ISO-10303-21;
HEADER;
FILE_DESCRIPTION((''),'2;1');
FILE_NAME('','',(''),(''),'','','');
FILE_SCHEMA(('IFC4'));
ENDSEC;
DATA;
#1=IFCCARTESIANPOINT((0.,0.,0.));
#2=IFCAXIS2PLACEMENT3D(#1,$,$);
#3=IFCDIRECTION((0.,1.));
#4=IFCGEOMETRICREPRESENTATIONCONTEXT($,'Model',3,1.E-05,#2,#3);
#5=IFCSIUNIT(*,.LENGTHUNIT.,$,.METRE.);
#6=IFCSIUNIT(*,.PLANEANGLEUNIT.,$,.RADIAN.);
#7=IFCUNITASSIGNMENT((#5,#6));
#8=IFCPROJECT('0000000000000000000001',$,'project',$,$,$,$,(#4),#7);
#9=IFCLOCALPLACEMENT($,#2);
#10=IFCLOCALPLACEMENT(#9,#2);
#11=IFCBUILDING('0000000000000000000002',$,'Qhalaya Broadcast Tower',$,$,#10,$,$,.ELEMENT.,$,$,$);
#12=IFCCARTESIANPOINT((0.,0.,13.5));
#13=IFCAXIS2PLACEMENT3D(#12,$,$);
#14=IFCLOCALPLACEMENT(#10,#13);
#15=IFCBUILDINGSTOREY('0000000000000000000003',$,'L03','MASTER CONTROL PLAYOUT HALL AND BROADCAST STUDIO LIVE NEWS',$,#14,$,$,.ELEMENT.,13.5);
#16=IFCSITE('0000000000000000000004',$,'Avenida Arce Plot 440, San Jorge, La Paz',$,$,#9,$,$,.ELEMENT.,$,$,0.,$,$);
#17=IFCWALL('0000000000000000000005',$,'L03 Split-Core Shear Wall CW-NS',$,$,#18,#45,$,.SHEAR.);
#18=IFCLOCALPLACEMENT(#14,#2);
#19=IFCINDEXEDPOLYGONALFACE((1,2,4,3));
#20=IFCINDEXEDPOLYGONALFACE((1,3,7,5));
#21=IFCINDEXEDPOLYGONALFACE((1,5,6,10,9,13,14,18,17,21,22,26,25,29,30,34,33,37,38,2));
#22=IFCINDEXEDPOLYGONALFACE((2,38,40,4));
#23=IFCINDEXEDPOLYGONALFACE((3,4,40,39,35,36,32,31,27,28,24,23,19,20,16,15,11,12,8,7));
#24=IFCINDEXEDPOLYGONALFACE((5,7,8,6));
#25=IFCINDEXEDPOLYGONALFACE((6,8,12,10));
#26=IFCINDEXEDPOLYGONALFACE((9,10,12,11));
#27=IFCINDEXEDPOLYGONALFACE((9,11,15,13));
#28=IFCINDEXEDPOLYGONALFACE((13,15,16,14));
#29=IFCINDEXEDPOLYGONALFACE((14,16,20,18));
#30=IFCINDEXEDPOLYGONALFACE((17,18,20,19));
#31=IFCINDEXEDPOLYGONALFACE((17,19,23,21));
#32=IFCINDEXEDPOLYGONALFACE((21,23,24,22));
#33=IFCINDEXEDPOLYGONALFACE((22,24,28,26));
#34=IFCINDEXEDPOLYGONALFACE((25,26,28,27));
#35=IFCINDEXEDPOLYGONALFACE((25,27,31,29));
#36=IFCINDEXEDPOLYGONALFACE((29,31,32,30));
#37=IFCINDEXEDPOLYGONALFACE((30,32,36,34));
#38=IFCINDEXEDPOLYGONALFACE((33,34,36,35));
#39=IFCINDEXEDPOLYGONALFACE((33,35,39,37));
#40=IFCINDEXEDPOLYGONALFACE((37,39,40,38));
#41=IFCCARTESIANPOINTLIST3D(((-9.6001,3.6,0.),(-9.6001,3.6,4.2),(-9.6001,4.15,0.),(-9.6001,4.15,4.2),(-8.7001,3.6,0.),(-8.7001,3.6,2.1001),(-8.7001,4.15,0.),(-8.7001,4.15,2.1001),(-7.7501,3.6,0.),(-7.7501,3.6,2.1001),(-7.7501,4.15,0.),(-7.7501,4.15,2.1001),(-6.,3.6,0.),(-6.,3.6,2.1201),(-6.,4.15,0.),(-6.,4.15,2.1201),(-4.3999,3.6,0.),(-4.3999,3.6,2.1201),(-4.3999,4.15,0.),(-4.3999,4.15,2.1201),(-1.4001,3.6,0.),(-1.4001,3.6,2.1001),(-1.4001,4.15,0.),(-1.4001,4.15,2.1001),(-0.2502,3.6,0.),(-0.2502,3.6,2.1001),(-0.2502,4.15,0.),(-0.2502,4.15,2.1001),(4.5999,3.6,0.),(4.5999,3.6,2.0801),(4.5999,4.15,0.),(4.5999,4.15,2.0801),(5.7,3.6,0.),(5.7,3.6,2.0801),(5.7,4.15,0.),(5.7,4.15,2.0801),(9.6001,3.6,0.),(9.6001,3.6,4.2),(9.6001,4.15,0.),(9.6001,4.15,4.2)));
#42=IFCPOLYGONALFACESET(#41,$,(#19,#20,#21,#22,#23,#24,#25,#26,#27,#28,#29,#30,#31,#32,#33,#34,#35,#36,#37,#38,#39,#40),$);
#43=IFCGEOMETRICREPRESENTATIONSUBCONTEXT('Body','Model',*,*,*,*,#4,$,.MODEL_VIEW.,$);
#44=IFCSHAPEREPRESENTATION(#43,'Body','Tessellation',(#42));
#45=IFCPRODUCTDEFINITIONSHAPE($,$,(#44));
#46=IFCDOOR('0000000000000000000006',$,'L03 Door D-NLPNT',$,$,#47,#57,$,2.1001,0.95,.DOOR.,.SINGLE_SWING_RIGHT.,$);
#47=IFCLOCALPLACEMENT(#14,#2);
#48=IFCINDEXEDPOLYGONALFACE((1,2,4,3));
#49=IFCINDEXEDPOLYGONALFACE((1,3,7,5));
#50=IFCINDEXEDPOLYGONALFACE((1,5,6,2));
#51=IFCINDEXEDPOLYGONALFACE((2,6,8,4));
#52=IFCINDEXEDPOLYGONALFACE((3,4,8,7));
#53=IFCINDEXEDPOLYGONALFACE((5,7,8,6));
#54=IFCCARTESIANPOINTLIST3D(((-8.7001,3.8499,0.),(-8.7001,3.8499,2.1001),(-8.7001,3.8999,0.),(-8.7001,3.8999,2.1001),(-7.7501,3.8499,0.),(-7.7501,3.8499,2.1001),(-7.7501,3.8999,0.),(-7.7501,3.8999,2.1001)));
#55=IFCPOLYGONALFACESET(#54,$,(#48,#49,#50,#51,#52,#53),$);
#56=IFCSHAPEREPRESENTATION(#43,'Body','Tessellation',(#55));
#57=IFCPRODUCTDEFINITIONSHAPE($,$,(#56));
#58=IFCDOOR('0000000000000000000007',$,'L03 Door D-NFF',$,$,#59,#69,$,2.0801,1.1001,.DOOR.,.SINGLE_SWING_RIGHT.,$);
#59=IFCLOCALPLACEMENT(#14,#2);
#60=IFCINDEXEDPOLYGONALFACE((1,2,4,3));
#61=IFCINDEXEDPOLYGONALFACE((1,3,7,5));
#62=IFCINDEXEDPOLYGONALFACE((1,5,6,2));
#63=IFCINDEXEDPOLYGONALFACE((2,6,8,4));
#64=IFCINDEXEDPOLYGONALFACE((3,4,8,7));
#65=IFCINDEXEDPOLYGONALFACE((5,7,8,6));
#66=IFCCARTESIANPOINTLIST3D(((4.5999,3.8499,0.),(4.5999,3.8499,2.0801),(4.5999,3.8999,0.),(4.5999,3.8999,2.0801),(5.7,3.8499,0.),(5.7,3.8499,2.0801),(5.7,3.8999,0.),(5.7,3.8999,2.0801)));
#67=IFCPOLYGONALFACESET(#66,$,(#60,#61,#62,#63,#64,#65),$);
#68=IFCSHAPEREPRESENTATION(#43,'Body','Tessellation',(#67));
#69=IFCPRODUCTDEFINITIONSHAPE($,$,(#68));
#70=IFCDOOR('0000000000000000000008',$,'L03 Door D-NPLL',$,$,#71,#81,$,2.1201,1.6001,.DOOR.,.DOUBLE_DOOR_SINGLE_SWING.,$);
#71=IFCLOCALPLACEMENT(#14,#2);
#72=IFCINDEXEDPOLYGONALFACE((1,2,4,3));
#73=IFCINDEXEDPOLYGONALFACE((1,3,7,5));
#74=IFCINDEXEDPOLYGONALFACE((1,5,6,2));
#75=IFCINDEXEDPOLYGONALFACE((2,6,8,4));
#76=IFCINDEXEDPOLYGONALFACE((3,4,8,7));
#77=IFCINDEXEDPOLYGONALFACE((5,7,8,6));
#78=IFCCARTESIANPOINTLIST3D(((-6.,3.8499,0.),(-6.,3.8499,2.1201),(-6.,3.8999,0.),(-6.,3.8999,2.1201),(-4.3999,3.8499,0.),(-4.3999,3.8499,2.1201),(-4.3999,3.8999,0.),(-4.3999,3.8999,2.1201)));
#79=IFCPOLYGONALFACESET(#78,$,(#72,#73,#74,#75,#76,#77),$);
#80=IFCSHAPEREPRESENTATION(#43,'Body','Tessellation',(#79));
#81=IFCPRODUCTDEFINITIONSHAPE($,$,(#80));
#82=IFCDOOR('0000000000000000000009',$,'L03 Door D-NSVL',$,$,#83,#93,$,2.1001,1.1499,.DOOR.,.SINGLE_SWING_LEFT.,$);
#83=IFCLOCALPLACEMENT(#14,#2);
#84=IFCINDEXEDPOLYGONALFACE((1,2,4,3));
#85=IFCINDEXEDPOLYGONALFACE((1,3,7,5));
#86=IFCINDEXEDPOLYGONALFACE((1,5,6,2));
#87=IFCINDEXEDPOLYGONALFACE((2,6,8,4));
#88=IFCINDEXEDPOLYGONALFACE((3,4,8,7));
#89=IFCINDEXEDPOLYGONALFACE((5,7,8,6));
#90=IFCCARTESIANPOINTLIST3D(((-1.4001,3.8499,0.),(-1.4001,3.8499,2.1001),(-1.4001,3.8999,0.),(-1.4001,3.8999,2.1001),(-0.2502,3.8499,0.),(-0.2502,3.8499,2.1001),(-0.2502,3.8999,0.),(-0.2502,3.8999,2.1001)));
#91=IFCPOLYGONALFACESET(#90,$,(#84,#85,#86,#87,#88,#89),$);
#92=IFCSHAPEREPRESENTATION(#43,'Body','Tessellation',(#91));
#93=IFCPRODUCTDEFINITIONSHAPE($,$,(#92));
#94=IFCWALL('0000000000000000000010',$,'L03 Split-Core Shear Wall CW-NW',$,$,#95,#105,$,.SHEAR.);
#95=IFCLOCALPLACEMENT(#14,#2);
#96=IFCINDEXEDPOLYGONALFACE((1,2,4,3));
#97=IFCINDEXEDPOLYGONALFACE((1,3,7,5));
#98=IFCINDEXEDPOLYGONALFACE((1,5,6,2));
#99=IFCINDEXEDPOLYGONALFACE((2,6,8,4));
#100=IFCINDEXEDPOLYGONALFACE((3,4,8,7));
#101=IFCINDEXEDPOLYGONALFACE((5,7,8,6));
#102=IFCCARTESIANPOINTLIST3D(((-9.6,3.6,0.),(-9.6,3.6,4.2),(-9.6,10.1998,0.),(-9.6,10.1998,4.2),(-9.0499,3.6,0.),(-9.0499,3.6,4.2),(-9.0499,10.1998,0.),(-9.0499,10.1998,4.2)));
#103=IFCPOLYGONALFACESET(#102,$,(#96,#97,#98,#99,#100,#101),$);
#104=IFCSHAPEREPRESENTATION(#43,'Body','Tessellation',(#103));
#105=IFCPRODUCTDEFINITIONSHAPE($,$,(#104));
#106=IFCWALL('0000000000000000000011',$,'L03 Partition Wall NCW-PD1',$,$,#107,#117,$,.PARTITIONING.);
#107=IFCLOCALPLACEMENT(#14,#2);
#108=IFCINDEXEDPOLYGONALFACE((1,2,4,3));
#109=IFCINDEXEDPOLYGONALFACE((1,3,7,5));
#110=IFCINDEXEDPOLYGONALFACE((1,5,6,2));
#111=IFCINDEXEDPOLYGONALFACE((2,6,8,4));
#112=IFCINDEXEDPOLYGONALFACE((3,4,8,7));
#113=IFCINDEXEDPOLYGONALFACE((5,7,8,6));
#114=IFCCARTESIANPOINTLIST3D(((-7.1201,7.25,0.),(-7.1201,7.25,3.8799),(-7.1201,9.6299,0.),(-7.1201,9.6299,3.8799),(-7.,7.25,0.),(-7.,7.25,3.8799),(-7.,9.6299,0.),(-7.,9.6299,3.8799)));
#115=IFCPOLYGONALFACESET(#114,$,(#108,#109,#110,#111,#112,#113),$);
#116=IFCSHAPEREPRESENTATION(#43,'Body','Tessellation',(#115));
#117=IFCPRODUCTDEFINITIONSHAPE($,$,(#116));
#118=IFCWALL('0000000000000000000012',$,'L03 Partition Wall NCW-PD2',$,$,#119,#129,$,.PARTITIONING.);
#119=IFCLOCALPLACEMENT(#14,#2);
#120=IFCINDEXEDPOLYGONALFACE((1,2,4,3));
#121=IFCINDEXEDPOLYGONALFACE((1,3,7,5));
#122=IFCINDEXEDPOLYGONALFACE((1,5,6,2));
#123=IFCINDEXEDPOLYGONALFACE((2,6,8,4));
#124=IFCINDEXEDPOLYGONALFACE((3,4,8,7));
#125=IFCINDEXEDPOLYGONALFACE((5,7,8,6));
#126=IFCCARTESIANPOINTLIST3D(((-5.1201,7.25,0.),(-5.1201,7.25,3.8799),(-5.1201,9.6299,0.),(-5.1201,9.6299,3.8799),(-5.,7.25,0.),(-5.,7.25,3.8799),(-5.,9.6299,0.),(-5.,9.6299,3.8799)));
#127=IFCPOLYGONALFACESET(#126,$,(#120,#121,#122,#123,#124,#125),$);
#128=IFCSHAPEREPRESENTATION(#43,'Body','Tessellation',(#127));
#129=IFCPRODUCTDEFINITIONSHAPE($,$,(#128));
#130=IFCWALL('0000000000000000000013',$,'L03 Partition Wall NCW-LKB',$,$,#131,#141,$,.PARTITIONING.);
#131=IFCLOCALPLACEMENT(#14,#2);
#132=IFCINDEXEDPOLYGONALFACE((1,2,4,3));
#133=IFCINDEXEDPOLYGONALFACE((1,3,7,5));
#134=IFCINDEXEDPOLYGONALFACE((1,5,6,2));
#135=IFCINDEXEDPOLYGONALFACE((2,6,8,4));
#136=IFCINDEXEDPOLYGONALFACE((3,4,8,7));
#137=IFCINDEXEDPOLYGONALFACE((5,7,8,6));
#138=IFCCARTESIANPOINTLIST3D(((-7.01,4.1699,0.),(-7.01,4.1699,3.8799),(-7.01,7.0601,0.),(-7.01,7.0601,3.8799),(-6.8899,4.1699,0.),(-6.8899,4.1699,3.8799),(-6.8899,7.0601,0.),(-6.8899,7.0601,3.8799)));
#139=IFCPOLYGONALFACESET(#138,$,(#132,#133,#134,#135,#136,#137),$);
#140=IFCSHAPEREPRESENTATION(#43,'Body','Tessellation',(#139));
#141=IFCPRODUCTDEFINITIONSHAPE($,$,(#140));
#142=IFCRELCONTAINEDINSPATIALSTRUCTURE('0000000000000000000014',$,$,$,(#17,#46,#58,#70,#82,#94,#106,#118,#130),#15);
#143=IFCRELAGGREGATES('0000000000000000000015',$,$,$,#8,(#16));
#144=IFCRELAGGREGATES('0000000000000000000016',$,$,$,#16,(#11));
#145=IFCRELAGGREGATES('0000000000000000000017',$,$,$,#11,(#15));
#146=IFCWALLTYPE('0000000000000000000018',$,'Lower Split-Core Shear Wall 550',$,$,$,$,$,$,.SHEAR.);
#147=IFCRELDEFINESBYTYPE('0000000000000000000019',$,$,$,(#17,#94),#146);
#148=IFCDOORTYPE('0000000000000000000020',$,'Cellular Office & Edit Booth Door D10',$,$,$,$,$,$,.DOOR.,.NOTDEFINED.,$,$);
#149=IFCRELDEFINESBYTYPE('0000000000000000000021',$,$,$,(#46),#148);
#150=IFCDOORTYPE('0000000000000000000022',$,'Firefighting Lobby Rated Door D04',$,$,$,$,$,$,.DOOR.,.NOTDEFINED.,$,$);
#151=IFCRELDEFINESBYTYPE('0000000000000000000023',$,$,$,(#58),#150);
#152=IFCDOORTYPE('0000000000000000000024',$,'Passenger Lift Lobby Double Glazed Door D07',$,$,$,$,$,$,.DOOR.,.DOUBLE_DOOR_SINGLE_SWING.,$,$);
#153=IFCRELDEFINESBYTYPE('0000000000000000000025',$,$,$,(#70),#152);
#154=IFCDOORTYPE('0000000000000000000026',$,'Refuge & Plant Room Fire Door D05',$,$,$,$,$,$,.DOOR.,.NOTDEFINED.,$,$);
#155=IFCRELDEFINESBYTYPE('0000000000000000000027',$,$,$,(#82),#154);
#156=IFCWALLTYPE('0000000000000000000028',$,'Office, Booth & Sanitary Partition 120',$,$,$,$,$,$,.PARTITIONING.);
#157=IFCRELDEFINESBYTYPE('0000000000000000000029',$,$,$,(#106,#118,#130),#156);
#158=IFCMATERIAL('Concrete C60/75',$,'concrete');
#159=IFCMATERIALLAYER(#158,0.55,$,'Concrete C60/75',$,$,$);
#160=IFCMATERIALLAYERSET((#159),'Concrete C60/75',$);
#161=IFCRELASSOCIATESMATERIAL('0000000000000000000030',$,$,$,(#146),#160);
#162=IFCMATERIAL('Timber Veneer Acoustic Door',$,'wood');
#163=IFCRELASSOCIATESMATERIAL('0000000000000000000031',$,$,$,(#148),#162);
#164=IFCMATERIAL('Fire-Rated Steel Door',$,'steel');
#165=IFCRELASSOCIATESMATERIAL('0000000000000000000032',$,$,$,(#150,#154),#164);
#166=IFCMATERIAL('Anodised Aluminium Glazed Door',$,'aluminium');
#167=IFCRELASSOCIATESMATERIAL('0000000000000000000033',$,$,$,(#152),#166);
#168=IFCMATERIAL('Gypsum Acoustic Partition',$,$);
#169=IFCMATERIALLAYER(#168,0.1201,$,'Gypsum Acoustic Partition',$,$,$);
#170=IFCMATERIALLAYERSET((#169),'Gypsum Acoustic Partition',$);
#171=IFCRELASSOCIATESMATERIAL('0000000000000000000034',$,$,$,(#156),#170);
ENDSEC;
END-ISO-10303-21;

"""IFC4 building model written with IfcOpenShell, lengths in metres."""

from ifc_helpers import new_model, si_unit, direction, frame, frame_2d, origin, place, context, subcontext, project, spatial, rectangle, extrude, material, layer, layer_set, type_object, element, fill, save


model = new_model("IFC4")

# Units and contexts
model_context = context("Model", 3, precision=1e-05, world=origin(), true_north=direction((0.0, 1.0)))
body_context = subcontext(model_context, "Body", "Model", "MODEL_VIEW")
ifc_project = project(units=[si_unit("LENGTHUNIT", "METRE"), si_unit("PLANEANGLEUNIT", "RADIAN")], contexts=[model_context])

# Site, building, storey
site_placement = place(None, origin())
site = spatial("IfcSite", under=ifc_project, at=site_placement, Name="Avenida Arce Plot 440, San Jorge, La Paz", CompositionType="ELEMENT", RefElevation=0.0)
building_placement = place(site_placement, origin())
building = spatial("IfcBuilding", under=site, at=building_placement, Name="Qhalaya Broadcast Tower", CompositionType="ELEMENT")
storey_placement = place(building_placement, frame((0.0, 0.0, 13.5)))
storey = spatial("IfcBuildingStorey", under=building, at=storey_placement, Name="L03", Description="MASTER CONTROL PLAYOUT HALL AND BROADCAST STUDIO LIVE NEWS", CompositionType="ELEMENT", Elevation=13.5)

# Shared definitions
ifc_material_1 = material(Name="Concrete C60/75", Category="concrete")

# Shared definitions
ifc_material_2 = material(Name="Fire-Rated Steel Door", Category="steel")

# Wall, openings, doors
ifc_layer_1 = layer(ifc_material_1, 0.55, Name="Concrete C60/75")
ifc_layer_set_1 = layer_set([ifc_layer_1], Name="Concrete C60/75")
wall_type_1 = type_object("IfcWallType", Name="Lower Split-Core Shear Wall 550", PredefinedType="SHEAR", material=ifc_layer_set_1)
wall_1_placement = place(storey_placement, frame((-9.6001, 3.875, 0.0), z_axis=(0.0, 0.0, 1.0), x_axis=(1.0, 0.0, 0.0)))
wall_1 = element("IfcWall", 1, at=wall_1_placement, inside=storey, type_object=wall_type_1, Name="L03 Split-Core Shear Wall CW-NS", PredefinedType="SHEAR", context=body_context, shape_type="SweptSolid", body=[
    extrude(rectangle(XDim=19.2002, YDim=0.55, at=frame_2d((9.6001, 0.0))), origin(), (0.0, 0.0, 1.0), 4.2),
])
opening_1_placement = place(wall_1_placement, frame((14.2, 0.0, 0.0)))
opening_1 = element("IfcOpeningElement", 2, at=opening_1_placement, cuts=wall_1, PredefinedType="OPENING", context=body_context, shape_type="SweptSolid", body=[
    extrude(rectangle(XDim=1.1001, YDim=2.0801, at=frame_2d((0.55, 1.04))), frame((0.0, 0.2871, 0.0), z_axis=(0.0, -1.0, 0.0), x_axis=(1.0, 0.0, 0.0)), (0.0, 0.0, 1.0), 0.574),
])
opening_2_placement = place(wall_1_placement, frame((8.2, 0.0, 0.0)))
opening_2 = element("IfcOpeningElement", 3, at=opening_2_placement, cuts=wall_1, PredefinedType="OPENING", context=body_context, shape_type="SweptSolid", body=[
    extrude(rectangle(XDim=1.1499, YDim=2.1001, at=frame_2d((0.575, 1.05))), frame((0.0, 0.2871, 0.0), z_axis=(0.0, -1.0, 0.0), x_axis=(1.0, 0.0, 0.0)), (0.0, 0.0, 1.0), 0.574),
])
opening_3_placement = place(wall_1_placement, frame((0.8999, 0.0, 0.0)))
opening_3 = element("IfcOpeningElement", 4, at=opening_3_placement, cuts=wall_1, PredefinedType="OPENING", context=body_context, shape_type="SweptSolid", body=[
    extrude(rectangle(XDim=0.95, YDim=2.1001, at=frame_2d((0.4751, 1.05))), frame((0.0, 0.2871, 0.0), z_axis=(0.0, -1.0, 0.0), x_axis=(1.0, 0.0, 0.0)), (0.0, 0.0, 1.0), 0.574),
])
opening_4_placement = place(wall_1_placement, frame((3.6001, 0.0, 0.0)))
opening_4 = element("IfcOpeningElement", 5, at=opening_4_placement, cuts=wall_1, PredefinedType="OPENING", context=body_context, shape_type="SweptSolid", body=[
    extrude(rectangle(XDim=1.6001, YDim=2.1201, at=frame_2d((0.8, 1.0601))), frame((0.0, 0.2871, 0.0), z_axis=(0.0, -1.0, 0.0), x_axis=(1.0, 0.0, 0.0)), (0.0, 0.0, 1.0), 0.574),
])
ifc_material_3 = material(Name="Timber Veneer Acoustic Door", Category="wood")
door_type_1 = type_object("IfcDoorType", Name="Cellular Office & Edit Booth Door D10", OperationType="NOTDEFINED", PredefinedType="DOOR", material=ifc_material_3)
door_1_placement = place(opening_3_placement, origin())
door_1 = element("IfcDoor", 6, at=door_1_placement, inside=storey, type_object=door_type_1, Name="L03 Door D-NLPNT", OperationType="SINGLE_SWING_RIGHT", OverallHeight=2.1001, OverallWidth=0.95, PredefinedType="DOOR", context=body_context, shape_type="SweptSolid", body=[
    extrude(rectangle(XDim=0.95, YDim=2.1001, at=frame_2d((0.4751, 1.05))), frame((0.0, 0.0249, 0.0), z_axis=(0.0, -1.0, 0.0), x_axis=(1.0, 0.0, 0.0)), (0.0, 0.0, 1.0), 0.05),
])
fill(opening_3, door_1)
door_type_2 = type_object("IfcDoorType", Name="Firefighting Lobby Rated Door D04", OperationType="NOTDEFINED", PredefinedType="DOOR", material=ifc_material_2)
door_2_placement = place(opening_1_placement, origin())
door_2 = element("IfcDoor", 7, at=door_2_placement, inside=storey, type_object=door_type_2, Name="L03 Door D-NFF", OperationType="SINGLE_SWING_RIGHT", OverallHeight=2.0801, OverallWidth=1.1001, PredefinedType="DOOR", context=body_context, shape_type="SweptSolid", body=[
    extrude(rectangle(XDim=1.1001, YDim=2.0801, at=frame_2d((0.55, 1.04))), frame((0.0, 0.0249, 0.0), z_axis=(0.0, -1.0, 0.0), x_axis=(1.0, 0.0, 0.0)), (0.0, 0.0, 1.0), 0.05),
])
fill(opening_1, door_2)
ifc_material_4 = material(Name="Anodised Aluminium Glazed Door", Category="aluminium")
door_type_3 = type_object("IfcDoorType", Name="Passenger Lift Lobby Double Glazed Door D07", OperationType="DOUBLE_DOOR_SINGLE_SWING", PredefinedType="DOOR", material=ifc_material_4)
door_3_placement = place(opening_4_placement, origin())
door_3 = element("IfcDoor", 8, at=door_3_placement, inside=storey, type_object=door_type_3, Name="L03 Door D-NPLL", OperationType="DOUBLE_DOOR_SINGLE_SWING", OverallHeight=2.1201, OverallWidth=1.6001, PredefinedType="DOOR", context=body_context, shape_type="SweptSolid", body=[
    extrude(rectangle(XDim=1.6001, YDim=2.1201, at=frame_2d((0.8, 1.0601))), frame((0.0, 0.0249, 0.0), z_axis=(0.0, -1.0, 0.0), x_axis=(1.0, 0.0, 0.0)), (0.0, 0.0, 1.0), 0.05),
])
fill(opening_4, door_3)
door_type_4 = type_object("IfcDoorType", Name="Refuge & Plant Room Fire Door D05", OperationType="NOTDEFINED", PredefinedType="DOOR", material=ifc_material_2)
door_4_placement = place(opening_2_placement, origin())
door_4 = element("IfcDoor", 9, at=door_4_placement, inside=storey, type_object=door_type_4, Name="L03 Door D-NSVL", OperationType="SINGLE_SWING_LEFT", OverallHeight=2.1001, OverallWidth=1.1499, PredefinedType="DOOR", context=body_context, shape_type="SweptSolid", body=[
    extrude(rectangle(XDim=1.1499, YDim=2.1001, at=frame_2d((0.575, 1.05))), frame((0.0, 0.0249, 0.0), z_axis=(0.0, -1.0, 0.0), x_axis=(1.0, 0.0, 0.0)), (0.0, 0.0, 1.0), 0.05),
])
fill(opening_2, door_4)

# Walls
wall_2_placement = place(storey_placement, frame((-9.325, 3.6001, 0.0), z_axis=(0.0, 0.0, 1.0), x_axis=(0.0, 1.0, 0.0)))
element("IfcWall", 10, at=wall_2_placement, inside=storey, type_object=wall_type_1, Name="L03 Split-Core Shear Wall CW-NW", PredefinedType="SHEAR", context=body_context, shape_type="SweptSolid", body=[
    extrude(rectangle(XDim=6.5999, YDim=0.55, at=frame_2d((3.2998, 0.0))), origin(), (0.0, 0.0, 1.0), 4.2),
])
ifc_material_5 = material(Name="Gypsum Acoustic Partition")
ifc_layer_2 = layer(ifc_material_5, 0.1201, Name="Gypsum Acoustic Partition")
ifc_layer_set_2 = layer_set([ifc_layer_2], Name="Gypsum Acoustic Partition")
wall_type_2 = type_object("IfcWallType", Name="Office, Booth & Sanitary Partition 120", PredefinedType="PARTITIONING", material=ifc_layer_set_2)
for number, where, z_axis, x_axis, name in (
    (11, (-7.0601, 7.25, 0.0), (0.0, 0.0, 1.0), (0.0, 1.0, 0.0), "L03 Partition Wall NCW-PD1"),
    (12, (-5.0601, 7.25, 0.0), (0.0, 0.0, 1.0), (0.0, 1.0, 0.0), "L03 Partition Wall NCW-PD2"),
):
    element("IfcWall", number, at=place(storey_placement, frame(where, z_axis=z_axis, x_axis=x_axis)), inside=storey, type_object=wall_type_2, Name=name, PredefinedType="PARTITIONING", context=body_context, shape_type="SweptSolid", body=[
        extrude(rectangle(XDim=2.3799, YDim=0.1201, at=frame_2d((1.1899, 0.0))), origin(), (0.0, 0.0, 1.0), 3.8799),
    ])
wall_3_placement = place(storey_placement, frame((-6.95, 4.1699, 0.0), z_axis=(0.0, 0.0, 1.0), x_axis=(0.0, 1.0, 0.0)))
element("IfcWall", 13, at=wall_3_placement, inside=storey, type_object=wall_type_2, Name="L03 Partition Wall NCW-LKB", PredefinedType="PARTITIONING", context=body_context, shape_type="SweptSolid", body=[
    extrude(rectangle(XDim=2.8901, YDim=0.1201, at=frame_2d((1.4451, 0.0))), origin(), (0.0, 0.0, 1.0), 3.8799),
])

save(model, "model.ifc")
